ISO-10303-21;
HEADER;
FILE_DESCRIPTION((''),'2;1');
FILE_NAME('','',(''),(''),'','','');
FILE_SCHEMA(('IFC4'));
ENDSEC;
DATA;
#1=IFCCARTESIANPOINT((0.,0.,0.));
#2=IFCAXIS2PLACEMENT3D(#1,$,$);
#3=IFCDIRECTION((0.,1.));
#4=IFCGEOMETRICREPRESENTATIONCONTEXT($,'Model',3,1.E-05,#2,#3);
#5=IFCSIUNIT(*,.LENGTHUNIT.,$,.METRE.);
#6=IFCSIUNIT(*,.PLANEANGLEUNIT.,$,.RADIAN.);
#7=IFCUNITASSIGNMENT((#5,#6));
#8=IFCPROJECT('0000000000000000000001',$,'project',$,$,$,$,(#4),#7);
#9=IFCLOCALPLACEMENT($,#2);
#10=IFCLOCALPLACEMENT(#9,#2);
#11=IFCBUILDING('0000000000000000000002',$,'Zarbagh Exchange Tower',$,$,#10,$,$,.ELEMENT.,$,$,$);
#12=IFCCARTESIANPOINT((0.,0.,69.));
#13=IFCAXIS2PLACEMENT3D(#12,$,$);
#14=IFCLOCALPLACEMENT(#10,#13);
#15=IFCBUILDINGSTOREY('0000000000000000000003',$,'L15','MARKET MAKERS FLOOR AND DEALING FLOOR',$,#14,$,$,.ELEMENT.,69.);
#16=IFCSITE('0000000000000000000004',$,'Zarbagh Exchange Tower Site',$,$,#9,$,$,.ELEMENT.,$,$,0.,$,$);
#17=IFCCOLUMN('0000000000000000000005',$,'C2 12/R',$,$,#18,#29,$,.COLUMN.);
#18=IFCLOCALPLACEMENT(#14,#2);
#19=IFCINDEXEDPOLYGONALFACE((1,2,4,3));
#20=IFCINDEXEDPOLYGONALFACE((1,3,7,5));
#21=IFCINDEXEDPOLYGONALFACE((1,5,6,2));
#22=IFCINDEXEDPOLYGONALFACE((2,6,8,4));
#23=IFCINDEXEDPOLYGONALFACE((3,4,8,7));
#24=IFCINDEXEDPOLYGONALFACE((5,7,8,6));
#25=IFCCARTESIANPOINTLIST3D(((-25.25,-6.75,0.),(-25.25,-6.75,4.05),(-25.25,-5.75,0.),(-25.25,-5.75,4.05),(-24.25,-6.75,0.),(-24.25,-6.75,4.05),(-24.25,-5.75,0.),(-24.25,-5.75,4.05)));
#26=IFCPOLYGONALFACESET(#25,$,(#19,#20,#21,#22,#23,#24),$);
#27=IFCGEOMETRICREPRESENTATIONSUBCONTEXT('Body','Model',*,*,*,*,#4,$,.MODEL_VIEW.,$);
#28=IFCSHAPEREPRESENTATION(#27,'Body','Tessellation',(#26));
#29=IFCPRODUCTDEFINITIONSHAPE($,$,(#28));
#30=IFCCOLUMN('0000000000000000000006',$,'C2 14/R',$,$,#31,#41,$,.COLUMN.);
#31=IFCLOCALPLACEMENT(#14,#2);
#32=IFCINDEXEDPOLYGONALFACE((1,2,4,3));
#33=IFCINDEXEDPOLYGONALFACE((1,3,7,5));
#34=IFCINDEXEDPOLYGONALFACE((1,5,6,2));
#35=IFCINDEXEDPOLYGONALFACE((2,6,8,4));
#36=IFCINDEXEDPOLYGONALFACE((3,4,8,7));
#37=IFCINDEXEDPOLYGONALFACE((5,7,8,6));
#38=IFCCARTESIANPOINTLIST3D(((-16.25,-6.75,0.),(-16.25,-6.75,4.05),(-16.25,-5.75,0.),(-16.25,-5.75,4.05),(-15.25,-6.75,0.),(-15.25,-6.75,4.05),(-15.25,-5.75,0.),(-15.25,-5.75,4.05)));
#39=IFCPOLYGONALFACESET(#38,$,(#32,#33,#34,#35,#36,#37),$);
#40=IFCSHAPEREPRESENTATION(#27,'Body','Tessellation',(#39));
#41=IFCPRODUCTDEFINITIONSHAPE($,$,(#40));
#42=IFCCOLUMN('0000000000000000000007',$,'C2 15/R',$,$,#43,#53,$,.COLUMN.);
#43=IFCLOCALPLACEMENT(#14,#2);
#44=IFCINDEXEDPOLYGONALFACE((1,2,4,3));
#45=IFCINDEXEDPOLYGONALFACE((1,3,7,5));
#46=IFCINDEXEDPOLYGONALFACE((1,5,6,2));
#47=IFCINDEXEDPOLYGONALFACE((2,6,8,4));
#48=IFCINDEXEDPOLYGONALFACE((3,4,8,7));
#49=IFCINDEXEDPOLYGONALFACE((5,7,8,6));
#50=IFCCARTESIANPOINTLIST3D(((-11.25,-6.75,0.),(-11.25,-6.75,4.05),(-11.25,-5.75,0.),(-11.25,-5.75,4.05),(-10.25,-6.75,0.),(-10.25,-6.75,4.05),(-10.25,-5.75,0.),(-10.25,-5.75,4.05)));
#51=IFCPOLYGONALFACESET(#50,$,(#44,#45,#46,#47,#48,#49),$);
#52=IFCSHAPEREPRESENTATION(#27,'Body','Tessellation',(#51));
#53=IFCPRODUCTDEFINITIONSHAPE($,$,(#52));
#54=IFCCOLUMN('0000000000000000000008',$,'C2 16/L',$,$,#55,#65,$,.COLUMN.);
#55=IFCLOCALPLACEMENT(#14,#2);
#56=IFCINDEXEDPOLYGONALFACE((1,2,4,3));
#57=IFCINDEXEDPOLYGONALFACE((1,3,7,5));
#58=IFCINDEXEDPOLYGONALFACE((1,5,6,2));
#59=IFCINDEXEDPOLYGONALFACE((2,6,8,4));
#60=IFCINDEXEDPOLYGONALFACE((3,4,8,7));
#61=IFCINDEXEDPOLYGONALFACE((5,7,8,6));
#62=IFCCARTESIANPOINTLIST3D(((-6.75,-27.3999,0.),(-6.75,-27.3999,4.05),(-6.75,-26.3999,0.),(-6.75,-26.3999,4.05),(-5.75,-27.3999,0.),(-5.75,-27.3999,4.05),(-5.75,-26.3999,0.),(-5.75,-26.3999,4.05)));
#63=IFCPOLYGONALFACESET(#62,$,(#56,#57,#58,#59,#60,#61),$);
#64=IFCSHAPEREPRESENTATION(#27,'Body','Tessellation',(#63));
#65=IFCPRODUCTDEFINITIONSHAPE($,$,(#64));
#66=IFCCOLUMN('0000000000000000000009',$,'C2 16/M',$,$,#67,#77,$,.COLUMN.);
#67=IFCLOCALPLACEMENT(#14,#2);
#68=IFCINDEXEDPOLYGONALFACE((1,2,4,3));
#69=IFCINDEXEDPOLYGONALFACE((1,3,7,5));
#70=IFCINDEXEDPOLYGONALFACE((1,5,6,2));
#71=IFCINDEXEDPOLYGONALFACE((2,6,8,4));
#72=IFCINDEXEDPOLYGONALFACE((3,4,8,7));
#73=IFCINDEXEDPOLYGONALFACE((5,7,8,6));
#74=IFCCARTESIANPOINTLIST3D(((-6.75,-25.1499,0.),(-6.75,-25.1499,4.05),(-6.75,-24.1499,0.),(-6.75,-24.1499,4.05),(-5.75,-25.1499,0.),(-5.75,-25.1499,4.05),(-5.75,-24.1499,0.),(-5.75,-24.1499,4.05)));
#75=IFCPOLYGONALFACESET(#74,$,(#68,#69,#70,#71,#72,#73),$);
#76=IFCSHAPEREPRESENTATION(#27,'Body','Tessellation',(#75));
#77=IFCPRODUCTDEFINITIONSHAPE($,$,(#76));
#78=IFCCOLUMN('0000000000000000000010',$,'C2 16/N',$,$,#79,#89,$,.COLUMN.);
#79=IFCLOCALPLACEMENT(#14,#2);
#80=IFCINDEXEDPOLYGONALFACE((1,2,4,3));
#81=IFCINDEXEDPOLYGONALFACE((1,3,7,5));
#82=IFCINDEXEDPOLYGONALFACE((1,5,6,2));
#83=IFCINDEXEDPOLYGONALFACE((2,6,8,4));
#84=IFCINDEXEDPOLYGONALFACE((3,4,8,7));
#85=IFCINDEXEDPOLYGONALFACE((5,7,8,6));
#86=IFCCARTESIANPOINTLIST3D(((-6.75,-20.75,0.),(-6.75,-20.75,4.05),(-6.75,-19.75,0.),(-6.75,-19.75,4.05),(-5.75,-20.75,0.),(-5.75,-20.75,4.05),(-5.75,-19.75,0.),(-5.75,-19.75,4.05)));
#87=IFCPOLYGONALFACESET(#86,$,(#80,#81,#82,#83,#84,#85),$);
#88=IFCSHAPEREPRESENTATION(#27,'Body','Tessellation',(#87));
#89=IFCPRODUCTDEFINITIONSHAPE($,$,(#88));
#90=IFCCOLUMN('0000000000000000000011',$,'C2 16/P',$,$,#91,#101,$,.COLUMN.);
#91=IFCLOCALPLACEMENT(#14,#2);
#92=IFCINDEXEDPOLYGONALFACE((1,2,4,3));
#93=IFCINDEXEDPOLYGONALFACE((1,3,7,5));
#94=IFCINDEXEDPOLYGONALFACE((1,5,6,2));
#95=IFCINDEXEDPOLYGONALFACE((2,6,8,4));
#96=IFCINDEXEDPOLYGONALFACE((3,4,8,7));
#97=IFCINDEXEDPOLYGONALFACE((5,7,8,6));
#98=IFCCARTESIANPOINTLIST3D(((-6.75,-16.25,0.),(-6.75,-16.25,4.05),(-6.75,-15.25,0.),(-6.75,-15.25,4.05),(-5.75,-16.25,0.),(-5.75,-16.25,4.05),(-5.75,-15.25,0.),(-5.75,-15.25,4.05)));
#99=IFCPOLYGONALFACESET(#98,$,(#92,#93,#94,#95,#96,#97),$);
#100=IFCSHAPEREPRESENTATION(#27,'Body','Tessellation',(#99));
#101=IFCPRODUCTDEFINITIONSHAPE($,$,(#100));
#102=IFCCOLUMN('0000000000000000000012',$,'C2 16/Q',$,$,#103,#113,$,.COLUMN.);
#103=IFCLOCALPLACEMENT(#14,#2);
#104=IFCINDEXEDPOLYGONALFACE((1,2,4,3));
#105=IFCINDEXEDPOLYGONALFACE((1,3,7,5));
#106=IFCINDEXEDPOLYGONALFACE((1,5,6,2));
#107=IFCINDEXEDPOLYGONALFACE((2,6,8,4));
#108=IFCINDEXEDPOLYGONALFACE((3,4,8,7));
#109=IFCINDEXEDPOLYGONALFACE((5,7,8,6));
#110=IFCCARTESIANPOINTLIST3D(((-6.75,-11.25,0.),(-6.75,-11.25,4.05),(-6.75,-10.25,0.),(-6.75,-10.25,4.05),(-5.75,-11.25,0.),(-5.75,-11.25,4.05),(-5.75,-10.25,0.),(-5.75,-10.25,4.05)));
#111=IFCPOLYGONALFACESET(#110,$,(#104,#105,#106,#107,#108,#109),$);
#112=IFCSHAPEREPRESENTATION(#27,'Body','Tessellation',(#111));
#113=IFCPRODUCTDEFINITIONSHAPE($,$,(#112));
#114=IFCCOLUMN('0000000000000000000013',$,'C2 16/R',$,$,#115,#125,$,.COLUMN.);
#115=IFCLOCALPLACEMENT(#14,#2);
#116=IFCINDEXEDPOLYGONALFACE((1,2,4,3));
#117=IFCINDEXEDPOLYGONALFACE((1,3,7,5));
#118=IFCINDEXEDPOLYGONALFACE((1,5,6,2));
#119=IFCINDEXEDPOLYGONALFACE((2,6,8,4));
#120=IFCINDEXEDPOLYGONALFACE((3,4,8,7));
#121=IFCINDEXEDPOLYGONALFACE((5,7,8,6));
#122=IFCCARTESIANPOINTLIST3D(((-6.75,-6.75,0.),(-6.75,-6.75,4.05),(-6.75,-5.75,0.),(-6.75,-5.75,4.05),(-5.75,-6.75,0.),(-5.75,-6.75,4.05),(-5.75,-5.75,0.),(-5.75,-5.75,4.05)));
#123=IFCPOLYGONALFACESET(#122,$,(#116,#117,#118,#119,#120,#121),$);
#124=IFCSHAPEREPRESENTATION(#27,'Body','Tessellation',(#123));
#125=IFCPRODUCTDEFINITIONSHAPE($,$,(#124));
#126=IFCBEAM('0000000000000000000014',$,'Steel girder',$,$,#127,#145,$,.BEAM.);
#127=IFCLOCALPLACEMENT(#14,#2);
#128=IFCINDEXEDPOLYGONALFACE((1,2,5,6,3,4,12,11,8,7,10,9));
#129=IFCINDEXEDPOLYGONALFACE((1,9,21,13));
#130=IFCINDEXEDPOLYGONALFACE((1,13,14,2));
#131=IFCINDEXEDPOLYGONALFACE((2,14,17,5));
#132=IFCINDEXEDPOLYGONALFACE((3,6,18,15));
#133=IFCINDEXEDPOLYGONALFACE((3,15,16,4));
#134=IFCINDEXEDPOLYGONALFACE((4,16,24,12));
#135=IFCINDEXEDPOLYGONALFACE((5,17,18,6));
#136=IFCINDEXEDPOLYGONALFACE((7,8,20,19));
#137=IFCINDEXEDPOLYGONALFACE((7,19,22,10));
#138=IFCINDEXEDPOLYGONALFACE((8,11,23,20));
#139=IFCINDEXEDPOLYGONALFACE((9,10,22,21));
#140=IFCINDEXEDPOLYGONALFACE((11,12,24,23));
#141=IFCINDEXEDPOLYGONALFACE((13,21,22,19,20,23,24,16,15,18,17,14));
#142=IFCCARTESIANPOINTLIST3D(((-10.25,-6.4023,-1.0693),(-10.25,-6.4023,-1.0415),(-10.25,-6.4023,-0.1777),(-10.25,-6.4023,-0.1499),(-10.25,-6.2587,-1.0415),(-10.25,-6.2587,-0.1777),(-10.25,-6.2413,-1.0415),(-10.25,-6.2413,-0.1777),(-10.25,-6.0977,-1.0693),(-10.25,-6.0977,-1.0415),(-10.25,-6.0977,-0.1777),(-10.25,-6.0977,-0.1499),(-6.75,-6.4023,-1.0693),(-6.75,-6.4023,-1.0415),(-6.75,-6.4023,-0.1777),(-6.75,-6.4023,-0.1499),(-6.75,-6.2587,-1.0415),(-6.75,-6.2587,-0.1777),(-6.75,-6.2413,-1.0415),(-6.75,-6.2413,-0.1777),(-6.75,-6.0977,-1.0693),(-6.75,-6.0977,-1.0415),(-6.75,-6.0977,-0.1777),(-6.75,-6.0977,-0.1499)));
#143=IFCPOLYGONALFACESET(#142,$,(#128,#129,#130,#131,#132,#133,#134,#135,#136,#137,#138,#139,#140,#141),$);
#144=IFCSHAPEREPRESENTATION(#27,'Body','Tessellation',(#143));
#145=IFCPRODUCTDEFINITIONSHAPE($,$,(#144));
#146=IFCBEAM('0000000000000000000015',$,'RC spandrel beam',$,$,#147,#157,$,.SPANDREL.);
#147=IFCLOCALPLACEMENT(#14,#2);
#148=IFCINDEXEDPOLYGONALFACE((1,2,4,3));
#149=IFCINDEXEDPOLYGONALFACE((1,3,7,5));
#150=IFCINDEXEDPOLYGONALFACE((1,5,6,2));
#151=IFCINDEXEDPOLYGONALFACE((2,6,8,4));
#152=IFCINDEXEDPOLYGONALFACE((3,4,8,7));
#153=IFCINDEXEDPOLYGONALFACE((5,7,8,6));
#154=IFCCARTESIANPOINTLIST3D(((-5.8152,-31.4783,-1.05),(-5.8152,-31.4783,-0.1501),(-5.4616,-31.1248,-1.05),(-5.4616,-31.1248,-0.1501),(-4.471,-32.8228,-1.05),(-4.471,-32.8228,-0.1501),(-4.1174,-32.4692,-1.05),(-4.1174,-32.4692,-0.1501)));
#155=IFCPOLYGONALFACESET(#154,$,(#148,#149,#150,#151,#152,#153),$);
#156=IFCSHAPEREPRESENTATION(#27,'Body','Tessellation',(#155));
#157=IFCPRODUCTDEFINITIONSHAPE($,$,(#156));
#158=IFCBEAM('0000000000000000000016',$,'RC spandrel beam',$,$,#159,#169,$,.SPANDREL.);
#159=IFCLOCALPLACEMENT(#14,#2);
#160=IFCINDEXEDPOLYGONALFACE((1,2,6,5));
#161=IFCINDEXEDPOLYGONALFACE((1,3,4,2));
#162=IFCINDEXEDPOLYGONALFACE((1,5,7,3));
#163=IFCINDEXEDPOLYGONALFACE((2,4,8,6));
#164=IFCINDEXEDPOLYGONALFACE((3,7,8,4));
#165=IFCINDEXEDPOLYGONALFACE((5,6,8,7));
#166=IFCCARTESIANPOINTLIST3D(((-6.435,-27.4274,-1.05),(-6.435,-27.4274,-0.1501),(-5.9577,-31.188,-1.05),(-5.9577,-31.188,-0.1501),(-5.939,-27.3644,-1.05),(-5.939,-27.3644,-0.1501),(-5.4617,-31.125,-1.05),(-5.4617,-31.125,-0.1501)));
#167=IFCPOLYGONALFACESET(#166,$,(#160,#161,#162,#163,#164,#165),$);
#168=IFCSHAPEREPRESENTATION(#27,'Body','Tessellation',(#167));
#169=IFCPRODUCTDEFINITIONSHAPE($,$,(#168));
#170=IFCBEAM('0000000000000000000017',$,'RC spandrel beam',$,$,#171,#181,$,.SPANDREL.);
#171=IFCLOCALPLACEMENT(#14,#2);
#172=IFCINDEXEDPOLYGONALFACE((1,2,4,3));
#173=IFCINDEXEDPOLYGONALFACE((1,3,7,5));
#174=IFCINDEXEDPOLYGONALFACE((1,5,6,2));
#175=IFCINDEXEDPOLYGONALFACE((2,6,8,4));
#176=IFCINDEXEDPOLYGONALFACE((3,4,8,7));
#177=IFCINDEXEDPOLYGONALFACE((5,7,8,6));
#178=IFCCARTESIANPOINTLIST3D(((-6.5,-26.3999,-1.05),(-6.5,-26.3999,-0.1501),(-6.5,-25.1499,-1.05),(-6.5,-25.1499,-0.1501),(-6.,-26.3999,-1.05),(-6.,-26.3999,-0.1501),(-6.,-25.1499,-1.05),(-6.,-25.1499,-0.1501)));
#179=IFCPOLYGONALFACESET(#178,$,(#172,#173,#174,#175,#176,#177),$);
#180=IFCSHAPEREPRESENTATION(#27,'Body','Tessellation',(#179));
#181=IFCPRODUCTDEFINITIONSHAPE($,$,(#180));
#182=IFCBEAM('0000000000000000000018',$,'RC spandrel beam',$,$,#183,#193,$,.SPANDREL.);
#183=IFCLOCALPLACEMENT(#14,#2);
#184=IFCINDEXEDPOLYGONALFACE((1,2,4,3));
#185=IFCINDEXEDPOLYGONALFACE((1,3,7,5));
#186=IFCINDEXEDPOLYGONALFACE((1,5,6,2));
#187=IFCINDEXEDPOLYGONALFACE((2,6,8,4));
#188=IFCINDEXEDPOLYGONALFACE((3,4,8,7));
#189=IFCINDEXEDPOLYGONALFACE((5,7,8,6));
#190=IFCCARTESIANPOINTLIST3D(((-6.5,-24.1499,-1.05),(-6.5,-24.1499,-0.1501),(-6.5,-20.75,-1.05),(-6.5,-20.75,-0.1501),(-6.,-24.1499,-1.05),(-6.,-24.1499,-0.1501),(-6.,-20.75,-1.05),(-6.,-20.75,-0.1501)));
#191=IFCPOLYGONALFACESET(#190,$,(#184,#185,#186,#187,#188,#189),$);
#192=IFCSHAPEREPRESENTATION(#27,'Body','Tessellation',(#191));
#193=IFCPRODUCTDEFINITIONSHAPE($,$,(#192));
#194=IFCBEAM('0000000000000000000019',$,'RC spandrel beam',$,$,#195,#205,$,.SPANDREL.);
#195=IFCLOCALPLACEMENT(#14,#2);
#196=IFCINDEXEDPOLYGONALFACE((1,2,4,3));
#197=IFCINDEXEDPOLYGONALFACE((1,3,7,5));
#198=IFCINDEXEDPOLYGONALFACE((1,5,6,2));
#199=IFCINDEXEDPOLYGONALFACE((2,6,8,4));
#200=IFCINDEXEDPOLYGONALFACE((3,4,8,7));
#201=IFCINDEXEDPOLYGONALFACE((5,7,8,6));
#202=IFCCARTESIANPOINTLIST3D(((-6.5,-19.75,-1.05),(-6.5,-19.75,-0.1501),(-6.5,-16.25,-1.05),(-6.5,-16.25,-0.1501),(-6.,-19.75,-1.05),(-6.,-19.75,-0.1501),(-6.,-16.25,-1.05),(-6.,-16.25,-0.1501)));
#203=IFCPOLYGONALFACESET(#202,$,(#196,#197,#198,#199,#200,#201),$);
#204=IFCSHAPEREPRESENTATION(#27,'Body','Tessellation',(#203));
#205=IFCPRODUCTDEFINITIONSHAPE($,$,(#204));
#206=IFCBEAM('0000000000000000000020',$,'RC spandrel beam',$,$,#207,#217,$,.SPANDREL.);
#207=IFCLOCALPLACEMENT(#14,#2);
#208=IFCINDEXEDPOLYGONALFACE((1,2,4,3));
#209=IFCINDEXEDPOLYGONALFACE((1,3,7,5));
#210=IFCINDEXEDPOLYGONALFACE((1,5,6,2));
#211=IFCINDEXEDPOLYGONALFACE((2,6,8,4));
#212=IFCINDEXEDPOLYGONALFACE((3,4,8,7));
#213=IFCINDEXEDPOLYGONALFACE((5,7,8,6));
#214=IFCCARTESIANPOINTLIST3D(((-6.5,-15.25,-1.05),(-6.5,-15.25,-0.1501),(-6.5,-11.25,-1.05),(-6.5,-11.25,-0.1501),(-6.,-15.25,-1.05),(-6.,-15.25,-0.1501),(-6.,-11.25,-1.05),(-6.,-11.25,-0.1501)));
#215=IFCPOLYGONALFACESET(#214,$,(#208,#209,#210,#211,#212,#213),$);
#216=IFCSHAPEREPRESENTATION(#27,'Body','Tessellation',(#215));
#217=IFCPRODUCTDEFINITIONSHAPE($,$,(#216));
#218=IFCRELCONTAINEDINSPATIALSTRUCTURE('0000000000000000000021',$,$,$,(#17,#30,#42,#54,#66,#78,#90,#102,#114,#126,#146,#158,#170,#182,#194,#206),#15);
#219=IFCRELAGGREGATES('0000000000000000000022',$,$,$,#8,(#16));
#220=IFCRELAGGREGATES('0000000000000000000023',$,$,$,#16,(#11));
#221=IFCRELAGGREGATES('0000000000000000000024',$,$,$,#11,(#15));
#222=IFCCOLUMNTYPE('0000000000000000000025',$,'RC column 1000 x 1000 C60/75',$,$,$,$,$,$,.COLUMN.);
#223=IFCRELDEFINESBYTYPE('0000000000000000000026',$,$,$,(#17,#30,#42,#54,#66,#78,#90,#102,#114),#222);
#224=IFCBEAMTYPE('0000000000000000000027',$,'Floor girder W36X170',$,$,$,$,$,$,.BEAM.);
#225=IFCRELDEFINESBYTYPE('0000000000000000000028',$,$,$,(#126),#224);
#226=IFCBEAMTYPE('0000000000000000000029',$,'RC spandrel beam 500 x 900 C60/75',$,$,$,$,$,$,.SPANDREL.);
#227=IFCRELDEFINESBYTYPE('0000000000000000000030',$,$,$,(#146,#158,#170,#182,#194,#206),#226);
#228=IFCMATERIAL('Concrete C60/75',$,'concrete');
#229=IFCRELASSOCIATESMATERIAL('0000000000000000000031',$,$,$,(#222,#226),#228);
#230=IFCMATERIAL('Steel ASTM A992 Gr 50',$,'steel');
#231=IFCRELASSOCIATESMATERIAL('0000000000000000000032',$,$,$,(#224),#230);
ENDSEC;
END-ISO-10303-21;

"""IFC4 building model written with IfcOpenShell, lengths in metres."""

from ifc_helpers import new_model, si_unit, direction, frame, origin, origin_2d, place, context, subcontext, project, spatial, rectangle, i_section, extrude, material, material_profile, profile_set, type_object, element, save


model = new_model("IFC4")

# Units and contexts
model_context = context("Model", 3, precision=1e-05, world=origin(), true_north=direction((0.0, 1.0)))
body_context = subcontext(model_context, "Body", "Model", "MODEL_VIEW")
ifc_project = project(units=[si_unit("LENGTHUNIT", "METRE"), si_unit("PLANEANGLEUNIT", "RADIAN")], contexts=[model_context])

# Site, building, storey
site_placement = place(None, origin())
site = spatial("IfcSite", under=ifc_project, at=site_placement, Name="Zarbagh Exchange Tower Site", CompositionType="ELEMENT", RefElevation=0.0)
building_placement = place(site_placement, origin())
building = spatial("IfcBuilding", under=site, at=building_placement, Name="Zarbagh Exchange Tower", CompositionType="ELEMENT")
storey_placement = place(building_placement, frame((0.0, 0.0, 69.0)))
storey = spatial("IfcBuildingStorey", under=building, at=storey_placement, Name="L15", Description="MARKET MAKERS FLOOR AND DEALING FLOOR", CompositionType="ELEMENT", Elevation=69.0)

# Columns
ifc_material_1 = material(Name="Concrete C60/75", Category="concrete")
ifc_material_profile_1 = material_profile(ifc_material_1, rectangle(XDim=1.0, YDim=1.0, at=origin_2d()), Name="RC column 1000 x 1000 C60/75")
ifc_profile_set_1 = profile_set([ifc_material_profile_1], Name="Concrete C60/75")
column_type = type_object("IfcColumnType", Name="RC column 1000 x 1000 C60/75", PredefinedType="COLUMN", material=ifc_profile_set_1)
for number, where, z_axis, x_axis, name in (
    (1, (-24.75, -6.25, 0.0), (0.0, 0.0, 1.0), (1.0, 0.0, 0.0), "C2 12/R"),
    (2, (-15.75, -6.25, 0.0), (0.0, 0.0, 1.0), (1.0, 0.0, 0.0), "C2 14/R"),
    (3, (-10.75, -6.25, 0.0), (0.0, 0.0, 1.0), (1.0, 0.0, 0.0), "C2 15/R"),
    (4, (-6.25, -26.8999, 0.0), (0.0, 0.0, 1.0), (1.0, 0.0, 0.0), "C2 16/L"),
    (5, (-6.25, -24.6499, 0.0), (0.0, 0.0, 1.0), (1.0, 0.0, 0.0), "C2 16/M"),
    (6, (-6.25, -20.25, 0.0), (0.0, 0.0, 1.0), (1.0, 0.0, 0.0), "C2 16/N"),
    (7, (-6.25, -15.75, 0.0), (0.0, 0.0, 1.0), (1.0, 0.0, 0.0), "C2 16/P"),
    (8, (-6.25, -10.75, 0.0), (0.0, 0.0, 1.0), (1.0, 0.0, 0.0), "C2 16/Q"),
    (9, (-6.25, -6.25, 0.0), (0.0, 0.0, 1.0), (1.0, 0.0, 0.0), "C2 16/R"),
):
    element("IfcColumn", number, at=place(storey_placement, frame(where, z_axis=z_axis, x_axis=x_axis)), inside=storey, type_object=column_type, Name=name, PredefinedType="COLUMN", context=body_context, shape_type="SweptSolid", body=[
        extrude(rectangle(XDim=1.0, YDim=1.0, at=origin_2d()), origin(), (0.0, 0.0, 1.0), 4.05),
    ])

# Beams
ifc_material_2 = material(Name="Steel ASTM A992 Gr 50", Category="steel")
ifc_material_profile_2 = material_profile(ifc_material_2, i_section(OverallWidth=0.3047, OverallDepth=0.9194, WebThickness=0.0173, FlangeThickness=0.0278, at=origin_2d()), Name="W36X170")
ifc_profile_set_2 = profile_set([ifc_material_profile_2], Name="Steel ASTM A992 Gr 50")
beam_type_1 = type_object("IfcBeamType", Name="Floor girder W36X170", PredefinedType="BEAM", material=ifc_profile_set_2)
beam_1_placement = place(storey_placement, frame((-10.25, -6.25, -0.6096), z_axis=(1.0, 0.0, 0.0), x_axis=(0.0, 1.0, 0.0)))
element("IfcBeam", 10, at=beam_1_placement, inside=storey, type_object=beam_type_1, Name="Steel girder", PredefinedType="BEAM", context=body_context, shape_type="SweptSolid", body=[
    extrude(i_section(OverallWidth=0.3047, OverallDepth=0.9194, WebThickness=0.0173, FlangeThickness=0.0278, at=origin_2d()), origin(), (0.0, 0.0, 1.0), 3.5),
])
ifc_material_profile_3 = material_profile(ifc_material_1, rectangle(XDim=0.5, YDim=0.8999, at=origin_2d()), Name="RC spandrel beam 500 x 900 C60/75")
ifc_profile_set_3 = profile_set([ifc_material_profile_3], Name="Concrete C60/75")
beam_type_2 = type_object("IfcBeamType", Name="RC spandrel beam 500 x 900 C60/75", PredefinedType="SPANDREL", material=ifc_profile_set_3)
beam_2_placement = place(storey_placement, frame((-4.2942, -32.646, -0.6001), z_axis=(-0.707043, 0.707171, 0.0), x_axis=(-0.707171, -0.707043, 0.0)))
element("IfcBeam", 11, at=beam_2_placement, inside=storey, type_object=beam_type_2, Name="RC spandrel beam", PredefinedType="SPANDREL", context=body_context, shape_type="SweptSolid", body=[
    extrude(rectangle(XDim=0.5, YDim=0.8999, at=origin_2d()), origin(), (0.0, 0.0, 1.0), 1.9011),
])
beam_3_placement = place(storey_placement, frame((-5.7097, -31.1565, -0.6001), z_axis=(-0.125913, 0.992041, 0.0), x_axis=(-0.992041, -0.125913, 0.0)))
element("IfcBeam", 12, at=beam_3_placement, inside=storey, type_object=beam_type_2, Name="RC spandrel beam", PredefinedType="SPANDREL", context=body_context, shape_type="SweptSolid", body=[
    extrude(rectangle(XDim=0.5, YDim=0.8999, at=origin_2d()), origin(), (0.0, 0.0, 1.0), 3.7908),
])
beam_4_placement = place(storey_placement, frame((-6.25, -26.3999, -0.6001), z_axis=(0.0, 1.0, 0.0), x_axis=(-1.0, 0.0, 0.0)))
element("IfcBeam", 13, at=beam_4_placement, inside=storey, type_object=beam_type_2, Name="RC spandrel beam", PredefinedType="SPANDREL", context=body_context, shape_type="SweptSolid", body=[
    extrude(rectangle(XDim=0.5, YDim=0.8999, at=origin_2d()), origin(), (0.0, 0.0, 1.0), 1.25),
])
beam_5_placement = place(storey_placement, frame((-6.25, -24.1499, -0.6001), z_axis=(0.0, 1.0, 0.0), x_axis=(-1.0, 0.0, 0.0)))
element("IfcBeam", 14, at=beam_5_placement, inside=storey, type_object=beam_type_2, Name="RC spandrel beam", PredefinedType="SPANDREL", context=body_context, shape_type="SweptSolid", body=[
    extrude(rectangle(XDim=0.5, YDim=0.8999, at=origin_2d()), origin(), (0.0, 0.0, 1.0), 3.3999),
])
beam_6_placement = place(storey_placement, frame((-6.25, -19.75, -0.6001), z_axis=(0.0, 1.0, 0.0), x_axis=(-1.0, 0.0, 0.0)))
element("IfcBeam", 15, at=beam_6_placement, inside=storey, type_object=beam_type_2, Name="RC spandrel beam", PredefinedType="SPANDREL", context=body_context, shape_type="SweptSolid", body=[
    extrude(rectangle(XDim=0.5, YDim=0.8999, at=origin_2d()), origin(), (0.0, 0.0, 1.0), 3.5),
])
beam_7_placement = place(storey_placement, frame((-6.25, -15.25, -0.6001), z_axis=(0.0, 1.0, 0.0), x_axis=(-1.0, 0.0, 0.0)))
element("IfcBeam", 16, at=beam_7_placement, inside=storey, type_object=beam_type_2, Name="RC spandrel beam", PredefinedType="SPANDREL", context=body_context, shape_type="SweptSolid", body=[
    extrude(rectangle(XDim=0.5, YDim=0.8999, at=origin_2d()), origin(), (0.0, 0.0, 1.0), 4.0),
])

save(model, "model.ifc")
